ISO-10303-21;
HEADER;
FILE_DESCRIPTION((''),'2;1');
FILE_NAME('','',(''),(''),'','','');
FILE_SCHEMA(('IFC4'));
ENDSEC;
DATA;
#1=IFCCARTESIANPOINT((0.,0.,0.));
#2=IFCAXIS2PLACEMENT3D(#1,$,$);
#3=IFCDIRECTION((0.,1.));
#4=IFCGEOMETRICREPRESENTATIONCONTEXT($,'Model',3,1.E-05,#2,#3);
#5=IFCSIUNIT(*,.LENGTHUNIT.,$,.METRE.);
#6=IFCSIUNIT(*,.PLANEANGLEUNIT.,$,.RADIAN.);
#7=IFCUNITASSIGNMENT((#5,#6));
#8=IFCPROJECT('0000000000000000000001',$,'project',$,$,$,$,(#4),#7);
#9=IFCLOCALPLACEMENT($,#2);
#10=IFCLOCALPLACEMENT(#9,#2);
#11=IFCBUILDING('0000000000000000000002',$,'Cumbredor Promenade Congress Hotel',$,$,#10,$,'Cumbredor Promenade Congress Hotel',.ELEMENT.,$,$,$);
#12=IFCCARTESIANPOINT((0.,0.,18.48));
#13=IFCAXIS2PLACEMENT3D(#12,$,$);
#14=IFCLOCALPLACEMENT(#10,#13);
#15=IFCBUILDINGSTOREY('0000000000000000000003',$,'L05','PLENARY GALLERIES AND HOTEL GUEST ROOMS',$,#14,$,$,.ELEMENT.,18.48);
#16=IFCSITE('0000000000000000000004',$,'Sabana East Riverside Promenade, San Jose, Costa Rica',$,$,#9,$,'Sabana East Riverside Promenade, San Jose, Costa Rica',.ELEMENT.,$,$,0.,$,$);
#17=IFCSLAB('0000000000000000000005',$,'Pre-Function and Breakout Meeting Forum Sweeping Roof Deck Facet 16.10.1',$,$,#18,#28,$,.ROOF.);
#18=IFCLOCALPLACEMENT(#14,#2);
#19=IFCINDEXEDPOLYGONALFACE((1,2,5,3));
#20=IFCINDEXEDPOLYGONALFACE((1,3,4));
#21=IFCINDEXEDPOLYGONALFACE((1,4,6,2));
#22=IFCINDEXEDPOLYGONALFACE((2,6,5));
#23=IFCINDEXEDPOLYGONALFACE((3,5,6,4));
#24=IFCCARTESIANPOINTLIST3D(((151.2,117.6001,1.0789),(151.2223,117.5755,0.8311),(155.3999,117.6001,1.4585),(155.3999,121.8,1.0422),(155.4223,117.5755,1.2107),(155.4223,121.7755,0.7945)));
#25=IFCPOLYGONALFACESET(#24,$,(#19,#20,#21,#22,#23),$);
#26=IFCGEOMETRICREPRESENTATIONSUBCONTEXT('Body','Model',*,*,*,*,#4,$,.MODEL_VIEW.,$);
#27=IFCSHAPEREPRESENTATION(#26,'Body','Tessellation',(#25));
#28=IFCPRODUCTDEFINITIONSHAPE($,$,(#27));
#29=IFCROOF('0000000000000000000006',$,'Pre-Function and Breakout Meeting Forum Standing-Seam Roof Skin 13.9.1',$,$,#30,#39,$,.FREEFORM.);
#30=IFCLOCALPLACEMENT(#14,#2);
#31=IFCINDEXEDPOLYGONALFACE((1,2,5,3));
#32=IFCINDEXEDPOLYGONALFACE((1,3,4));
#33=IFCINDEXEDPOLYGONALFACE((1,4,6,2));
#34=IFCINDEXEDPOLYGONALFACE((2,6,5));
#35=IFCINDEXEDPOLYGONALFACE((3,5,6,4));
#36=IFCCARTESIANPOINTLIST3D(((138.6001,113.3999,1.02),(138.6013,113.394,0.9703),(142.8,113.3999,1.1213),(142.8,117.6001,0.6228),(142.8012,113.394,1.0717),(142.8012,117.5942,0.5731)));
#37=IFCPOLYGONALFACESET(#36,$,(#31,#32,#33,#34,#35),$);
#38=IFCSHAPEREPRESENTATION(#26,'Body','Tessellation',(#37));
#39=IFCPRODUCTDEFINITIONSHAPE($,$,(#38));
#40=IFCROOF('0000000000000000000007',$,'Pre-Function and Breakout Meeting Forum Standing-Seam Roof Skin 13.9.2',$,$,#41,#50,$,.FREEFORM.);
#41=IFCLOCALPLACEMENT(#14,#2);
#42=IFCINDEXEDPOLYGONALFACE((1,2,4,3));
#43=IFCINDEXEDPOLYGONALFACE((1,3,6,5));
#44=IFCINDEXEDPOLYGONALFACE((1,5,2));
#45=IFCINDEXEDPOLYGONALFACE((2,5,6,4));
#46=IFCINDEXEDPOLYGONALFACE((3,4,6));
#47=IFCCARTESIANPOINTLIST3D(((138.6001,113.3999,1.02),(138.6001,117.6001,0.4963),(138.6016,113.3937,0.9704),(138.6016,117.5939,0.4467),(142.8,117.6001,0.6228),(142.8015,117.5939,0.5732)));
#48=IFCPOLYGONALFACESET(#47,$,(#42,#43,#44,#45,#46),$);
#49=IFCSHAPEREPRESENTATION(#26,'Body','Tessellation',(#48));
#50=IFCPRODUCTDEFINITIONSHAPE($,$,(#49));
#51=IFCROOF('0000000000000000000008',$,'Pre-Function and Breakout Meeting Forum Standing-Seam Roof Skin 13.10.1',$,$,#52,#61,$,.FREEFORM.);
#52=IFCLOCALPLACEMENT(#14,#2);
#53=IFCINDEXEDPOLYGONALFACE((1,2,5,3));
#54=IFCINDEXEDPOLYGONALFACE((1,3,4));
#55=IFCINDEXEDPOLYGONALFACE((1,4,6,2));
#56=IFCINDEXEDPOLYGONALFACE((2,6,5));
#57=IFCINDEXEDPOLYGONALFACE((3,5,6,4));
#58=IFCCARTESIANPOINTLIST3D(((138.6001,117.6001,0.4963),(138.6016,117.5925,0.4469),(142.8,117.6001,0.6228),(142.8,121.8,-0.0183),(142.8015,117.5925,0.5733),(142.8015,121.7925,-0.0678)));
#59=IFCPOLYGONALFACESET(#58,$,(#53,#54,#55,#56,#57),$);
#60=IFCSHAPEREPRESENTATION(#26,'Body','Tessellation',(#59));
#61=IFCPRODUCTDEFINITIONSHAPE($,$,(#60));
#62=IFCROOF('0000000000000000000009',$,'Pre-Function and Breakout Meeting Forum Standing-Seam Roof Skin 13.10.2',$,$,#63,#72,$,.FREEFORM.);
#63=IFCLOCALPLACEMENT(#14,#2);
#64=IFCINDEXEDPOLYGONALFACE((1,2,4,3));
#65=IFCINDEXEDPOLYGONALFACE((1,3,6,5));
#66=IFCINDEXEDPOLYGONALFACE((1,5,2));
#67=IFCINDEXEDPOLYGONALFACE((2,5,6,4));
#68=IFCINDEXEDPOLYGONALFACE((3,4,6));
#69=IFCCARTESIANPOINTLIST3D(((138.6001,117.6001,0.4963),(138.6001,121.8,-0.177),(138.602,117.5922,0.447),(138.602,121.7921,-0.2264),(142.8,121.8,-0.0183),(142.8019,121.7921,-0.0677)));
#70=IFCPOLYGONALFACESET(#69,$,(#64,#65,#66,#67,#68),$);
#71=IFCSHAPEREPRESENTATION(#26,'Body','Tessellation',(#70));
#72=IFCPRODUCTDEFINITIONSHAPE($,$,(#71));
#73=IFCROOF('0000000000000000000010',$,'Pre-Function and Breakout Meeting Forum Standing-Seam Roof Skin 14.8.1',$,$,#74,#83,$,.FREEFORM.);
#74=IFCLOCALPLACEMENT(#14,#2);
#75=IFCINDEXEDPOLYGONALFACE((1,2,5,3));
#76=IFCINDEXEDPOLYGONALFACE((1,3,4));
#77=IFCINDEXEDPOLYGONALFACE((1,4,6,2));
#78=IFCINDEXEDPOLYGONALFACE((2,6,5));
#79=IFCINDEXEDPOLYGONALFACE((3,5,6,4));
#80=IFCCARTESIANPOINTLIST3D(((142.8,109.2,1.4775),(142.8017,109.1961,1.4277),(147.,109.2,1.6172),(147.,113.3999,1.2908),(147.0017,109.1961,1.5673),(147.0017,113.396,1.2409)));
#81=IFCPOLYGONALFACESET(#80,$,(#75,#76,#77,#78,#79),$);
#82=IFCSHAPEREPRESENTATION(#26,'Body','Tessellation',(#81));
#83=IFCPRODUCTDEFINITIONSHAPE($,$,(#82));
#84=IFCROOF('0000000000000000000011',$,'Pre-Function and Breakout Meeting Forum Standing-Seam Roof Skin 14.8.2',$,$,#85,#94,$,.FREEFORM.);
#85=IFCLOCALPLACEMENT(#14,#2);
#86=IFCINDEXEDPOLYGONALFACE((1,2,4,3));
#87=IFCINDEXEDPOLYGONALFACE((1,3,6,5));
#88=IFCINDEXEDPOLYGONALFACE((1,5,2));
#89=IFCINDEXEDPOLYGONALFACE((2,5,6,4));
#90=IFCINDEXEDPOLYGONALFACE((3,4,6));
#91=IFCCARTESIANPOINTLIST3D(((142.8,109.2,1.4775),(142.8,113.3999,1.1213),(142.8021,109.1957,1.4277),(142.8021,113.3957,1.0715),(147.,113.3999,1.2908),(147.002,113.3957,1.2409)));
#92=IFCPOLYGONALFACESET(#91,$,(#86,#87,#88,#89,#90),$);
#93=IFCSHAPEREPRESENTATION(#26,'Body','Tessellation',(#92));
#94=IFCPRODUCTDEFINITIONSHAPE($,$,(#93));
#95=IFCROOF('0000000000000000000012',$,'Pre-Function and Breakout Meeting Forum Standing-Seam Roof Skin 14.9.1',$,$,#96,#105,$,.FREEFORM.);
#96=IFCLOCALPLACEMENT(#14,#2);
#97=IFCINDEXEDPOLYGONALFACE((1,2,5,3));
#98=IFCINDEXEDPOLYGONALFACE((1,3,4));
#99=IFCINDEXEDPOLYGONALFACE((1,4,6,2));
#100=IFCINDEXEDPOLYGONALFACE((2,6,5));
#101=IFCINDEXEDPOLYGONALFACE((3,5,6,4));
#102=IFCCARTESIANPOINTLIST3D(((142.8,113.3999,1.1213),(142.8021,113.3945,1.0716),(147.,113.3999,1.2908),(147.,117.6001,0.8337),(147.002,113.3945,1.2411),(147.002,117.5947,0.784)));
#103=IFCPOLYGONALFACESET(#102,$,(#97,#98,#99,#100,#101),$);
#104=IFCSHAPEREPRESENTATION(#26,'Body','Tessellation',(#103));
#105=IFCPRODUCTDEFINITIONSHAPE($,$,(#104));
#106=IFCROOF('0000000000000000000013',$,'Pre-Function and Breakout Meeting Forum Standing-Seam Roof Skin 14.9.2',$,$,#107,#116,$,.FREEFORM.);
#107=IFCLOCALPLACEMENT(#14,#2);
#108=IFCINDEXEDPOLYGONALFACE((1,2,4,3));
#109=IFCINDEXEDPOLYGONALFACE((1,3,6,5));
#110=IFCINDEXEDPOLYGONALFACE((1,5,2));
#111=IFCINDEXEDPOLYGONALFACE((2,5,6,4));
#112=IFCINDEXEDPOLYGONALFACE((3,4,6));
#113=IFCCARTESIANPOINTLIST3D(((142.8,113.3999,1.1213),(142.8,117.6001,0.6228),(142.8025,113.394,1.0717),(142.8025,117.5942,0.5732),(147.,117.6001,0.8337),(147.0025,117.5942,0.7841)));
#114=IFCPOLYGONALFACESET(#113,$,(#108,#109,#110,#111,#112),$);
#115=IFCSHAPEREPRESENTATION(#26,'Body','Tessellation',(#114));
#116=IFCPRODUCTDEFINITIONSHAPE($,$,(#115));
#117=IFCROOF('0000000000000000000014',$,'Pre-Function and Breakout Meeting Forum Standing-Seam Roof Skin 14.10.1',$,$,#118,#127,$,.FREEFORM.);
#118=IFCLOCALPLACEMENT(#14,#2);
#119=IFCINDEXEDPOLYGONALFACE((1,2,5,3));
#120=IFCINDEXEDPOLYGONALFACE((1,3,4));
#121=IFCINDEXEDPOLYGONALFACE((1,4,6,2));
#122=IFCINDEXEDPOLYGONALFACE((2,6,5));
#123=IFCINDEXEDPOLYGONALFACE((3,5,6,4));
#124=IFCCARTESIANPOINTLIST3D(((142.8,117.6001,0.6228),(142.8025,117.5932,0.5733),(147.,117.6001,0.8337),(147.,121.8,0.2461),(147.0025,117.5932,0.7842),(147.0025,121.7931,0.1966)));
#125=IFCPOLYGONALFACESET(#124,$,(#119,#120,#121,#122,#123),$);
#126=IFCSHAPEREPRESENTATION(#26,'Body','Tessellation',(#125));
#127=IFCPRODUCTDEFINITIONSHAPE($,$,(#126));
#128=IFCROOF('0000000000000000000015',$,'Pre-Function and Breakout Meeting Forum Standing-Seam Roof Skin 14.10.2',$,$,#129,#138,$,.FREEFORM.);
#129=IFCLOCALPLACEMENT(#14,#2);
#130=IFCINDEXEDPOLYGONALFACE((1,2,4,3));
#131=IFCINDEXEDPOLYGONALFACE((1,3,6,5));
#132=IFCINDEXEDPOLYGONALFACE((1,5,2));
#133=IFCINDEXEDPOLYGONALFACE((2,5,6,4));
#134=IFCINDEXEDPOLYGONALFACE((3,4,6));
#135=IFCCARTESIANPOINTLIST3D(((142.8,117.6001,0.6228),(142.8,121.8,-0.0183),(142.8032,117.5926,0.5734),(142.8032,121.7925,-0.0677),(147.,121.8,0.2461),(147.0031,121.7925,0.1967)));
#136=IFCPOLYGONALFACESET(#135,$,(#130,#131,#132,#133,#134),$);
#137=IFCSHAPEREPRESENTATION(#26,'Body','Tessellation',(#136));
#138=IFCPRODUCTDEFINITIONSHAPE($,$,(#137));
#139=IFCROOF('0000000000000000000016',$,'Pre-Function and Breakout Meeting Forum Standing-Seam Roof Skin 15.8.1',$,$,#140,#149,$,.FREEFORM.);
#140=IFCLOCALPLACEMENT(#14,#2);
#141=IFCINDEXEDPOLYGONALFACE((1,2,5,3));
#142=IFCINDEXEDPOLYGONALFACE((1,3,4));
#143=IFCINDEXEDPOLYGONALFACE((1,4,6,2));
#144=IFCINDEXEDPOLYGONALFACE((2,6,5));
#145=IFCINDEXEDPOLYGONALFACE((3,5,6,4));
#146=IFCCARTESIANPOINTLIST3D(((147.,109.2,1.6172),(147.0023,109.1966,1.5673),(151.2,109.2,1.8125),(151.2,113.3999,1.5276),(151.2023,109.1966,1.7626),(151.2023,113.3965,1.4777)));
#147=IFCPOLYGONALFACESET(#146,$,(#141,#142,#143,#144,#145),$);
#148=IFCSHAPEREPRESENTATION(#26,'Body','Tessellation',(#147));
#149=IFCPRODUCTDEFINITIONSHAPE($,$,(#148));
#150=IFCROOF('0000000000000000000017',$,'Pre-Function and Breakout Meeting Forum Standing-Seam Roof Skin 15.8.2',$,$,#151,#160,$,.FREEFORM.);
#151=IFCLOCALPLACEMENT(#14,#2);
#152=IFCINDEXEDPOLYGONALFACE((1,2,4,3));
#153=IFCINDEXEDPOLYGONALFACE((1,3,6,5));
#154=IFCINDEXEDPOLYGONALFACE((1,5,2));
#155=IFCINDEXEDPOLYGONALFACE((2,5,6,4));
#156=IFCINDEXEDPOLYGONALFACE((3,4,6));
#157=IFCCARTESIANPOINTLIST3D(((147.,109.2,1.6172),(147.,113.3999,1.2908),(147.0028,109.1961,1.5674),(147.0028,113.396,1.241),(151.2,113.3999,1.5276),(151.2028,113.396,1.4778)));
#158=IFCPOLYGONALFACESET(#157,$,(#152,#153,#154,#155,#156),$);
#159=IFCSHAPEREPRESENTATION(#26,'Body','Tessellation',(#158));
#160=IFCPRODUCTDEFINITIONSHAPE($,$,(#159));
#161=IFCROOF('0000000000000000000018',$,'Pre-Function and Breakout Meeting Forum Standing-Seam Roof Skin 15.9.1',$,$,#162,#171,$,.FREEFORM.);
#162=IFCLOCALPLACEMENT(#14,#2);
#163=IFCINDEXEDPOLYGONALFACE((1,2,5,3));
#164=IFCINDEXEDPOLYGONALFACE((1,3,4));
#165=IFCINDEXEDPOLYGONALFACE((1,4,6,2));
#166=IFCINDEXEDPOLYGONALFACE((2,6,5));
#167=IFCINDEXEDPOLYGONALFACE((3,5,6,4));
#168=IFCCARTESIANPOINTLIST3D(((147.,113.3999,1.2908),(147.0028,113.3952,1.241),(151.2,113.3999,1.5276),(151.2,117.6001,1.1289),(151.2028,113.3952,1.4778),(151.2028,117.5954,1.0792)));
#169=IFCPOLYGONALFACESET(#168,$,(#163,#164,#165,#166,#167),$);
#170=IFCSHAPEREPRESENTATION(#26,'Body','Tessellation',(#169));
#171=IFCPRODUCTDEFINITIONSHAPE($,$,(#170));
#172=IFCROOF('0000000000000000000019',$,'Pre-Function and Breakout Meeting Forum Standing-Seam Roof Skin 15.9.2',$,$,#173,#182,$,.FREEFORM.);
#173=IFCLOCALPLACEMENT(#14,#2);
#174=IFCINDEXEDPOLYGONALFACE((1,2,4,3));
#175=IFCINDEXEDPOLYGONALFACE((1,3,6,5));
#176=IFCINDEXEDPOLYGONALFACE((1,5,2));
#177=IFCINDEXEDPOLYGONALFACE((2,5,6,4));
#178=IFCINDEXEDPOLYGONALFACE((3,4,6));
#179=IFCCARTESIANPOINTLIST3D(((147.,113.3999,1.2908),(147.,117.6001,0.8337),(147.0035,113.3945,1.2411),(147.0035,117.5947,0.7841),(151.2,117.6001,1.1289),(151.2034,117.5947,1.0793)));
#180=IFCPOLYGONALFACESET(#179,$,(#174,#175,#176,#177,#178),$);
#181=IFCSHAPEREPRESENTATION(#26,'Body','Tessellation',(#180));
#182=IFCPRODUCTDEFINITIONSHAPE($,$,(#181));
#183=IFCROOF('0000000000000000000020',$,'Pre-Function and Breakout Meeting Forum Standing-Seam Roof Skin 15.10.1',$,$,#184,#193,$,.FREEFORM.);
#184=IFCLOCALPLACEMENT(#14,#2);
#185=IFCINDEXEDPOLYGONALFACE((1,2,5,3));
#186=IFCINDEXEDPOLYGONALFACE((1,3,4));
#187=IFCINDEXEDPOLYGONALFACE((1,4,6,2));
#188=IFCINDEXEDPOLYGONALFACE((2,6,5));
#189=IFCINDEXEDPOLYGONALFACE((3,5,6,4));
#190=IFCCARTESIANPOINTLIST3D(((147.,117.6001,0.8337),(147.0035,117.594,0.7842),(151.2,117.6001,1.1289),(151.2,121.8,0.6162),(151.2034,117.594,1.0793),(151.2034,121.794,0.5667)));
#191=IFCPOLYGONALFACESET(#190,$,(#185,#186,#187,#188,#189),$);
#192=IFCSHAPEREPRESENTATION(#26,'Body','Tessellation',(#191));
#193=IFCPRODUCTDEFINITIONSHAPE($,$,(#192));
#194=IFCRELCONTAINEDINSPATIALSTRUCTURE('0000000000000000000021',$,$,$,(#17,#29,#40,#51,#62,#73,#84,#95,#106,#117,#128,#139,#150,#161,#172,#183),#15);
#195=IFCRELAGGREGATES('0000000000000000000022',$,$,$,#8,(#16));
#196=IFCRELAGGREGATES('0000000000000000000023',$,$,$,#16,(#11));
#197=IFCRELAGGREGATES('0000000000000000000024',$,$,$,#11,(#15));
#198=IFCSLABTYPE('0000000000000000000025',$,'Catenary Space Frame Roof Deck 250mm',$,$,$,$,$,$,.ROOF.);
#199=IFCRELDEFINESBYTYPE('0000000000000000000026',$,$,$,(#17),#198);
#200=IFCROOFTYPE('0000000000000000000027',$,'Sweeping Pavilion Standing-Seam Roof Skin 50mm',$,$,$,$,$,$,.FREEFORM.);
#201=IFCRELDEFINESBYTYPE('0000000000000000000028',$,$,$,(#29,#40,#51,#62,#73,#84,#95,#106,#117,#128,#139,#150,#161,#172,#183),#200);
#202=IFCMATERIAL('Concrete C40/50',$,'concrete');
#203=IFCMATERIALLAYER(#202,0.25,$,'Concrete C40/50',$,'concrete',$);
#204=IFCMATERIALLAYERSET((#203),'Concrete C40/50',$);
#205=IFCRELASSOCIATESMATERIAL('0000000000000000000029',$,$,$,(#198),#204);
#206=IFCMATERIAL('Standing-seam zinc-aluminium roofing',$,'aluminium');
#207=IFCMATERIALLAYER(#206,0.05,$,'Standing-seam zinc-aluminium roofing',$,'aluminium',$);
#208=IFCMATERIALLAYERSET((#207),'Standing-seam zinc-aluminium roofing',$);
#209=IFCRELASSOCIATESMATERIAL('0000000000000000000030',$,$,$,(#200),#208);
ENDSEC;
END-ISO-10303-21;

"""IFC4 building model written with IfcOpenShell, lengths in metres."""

from ifc_helpers import new_model, si_unit, direction, frame, origin, place, context, subcontext, project, spatial, polyline, outline, extrude, material, layer, layer_set, type_object, element, save


model = new_model("IFC4")

# Units and contexts
model_context = context("Model", 3, precision=1e-05, world=origin(), true_north=direction((0.0, 1.0)))
body_context = subcontext(model_context, "Body", "Model", "MODEL_VIEW")
ifc_project = project(units=[si_unit("LENGTHUNIT", "METRE"), si_unit("PLANEANGLEUNIT", "RADIAN")], contexts=[model_context])

# Site, building, storey
site_placement = place(None, origin())
site = spatial("IfcSite", under=ifc_project, at=site_placement, Name="Sabana East Riverside Promenade, San Jose, Costa Rica", LongName="Sabana East Riverside Promenade, San Jose, Costa Rica", CompositionType="ELEMENT", RefElevation=0.0)
building_placement = place(site_placement, origin())
building = spatial("IfcBuilding", under=site, at=building_placement, Name="Cumbredor Promenade Congress Hotel", LongName="Cumbredor Promenade Congress Hotel", CompositionType="ELEMENT")
storey_placement = place(building_placement, frame((0.0, 0.0, 18.48)))
storey = spatial("IfcBuildingStorey", under=building, at=storey_placement, Name="L05", Description="PLENARY GALLERIES AND HOTEL GUEST ROOMS", CompositionType="ELEMENT", Elevation=18.48)

# Slab
ifc_material_1 = material(Name="Concrete C40/50", Category="concrete")
ifc_layer_1 = layer(ifc_material_1, 0.25, Name="Concrete C40/50", Category="concrete")
ifc_layer_set_1 = layer_set([ifc_layer_1], Name="Concrete C40/50")
slab_type = type_object("IfcSlabType", Name="Catenary Space Frame Roof Deck 250mm", PredefinedType="ROOF", material=ifc_layer_set_1)
slab_1_placement = place(storey_placement, frame((151.2, 117.6001, 1.0789), z_axis=(-0.089589, 0.098231, 0.991123), x_axis=(0.99594, 0.0, 0.090024)))
element("IfcSlab", 1, at=slab_1_placement, inside=storey, type_object=slab_type, Name="Pre-Function and Breakout Meeting Forum Sweeping Roof Deck Facet 16.10.1", PredefinedType="ROOF", context=body_context, shape_type="SweptSolid", body=[
    extrude(outline(polyline([(0.0, 0.0), (4.2171, 0.0), (4.1796, 4.2204), (0.0, 0.0)])), origin(), (0.0, 0.0, -1.0), 0.25),
])

# Roofs
ifc_material_2 = material(Name="Standing-seam zinc-aluminium roofing", Category="aluminium")
ifc_layer_2 = layer(ifc_material_2, 0.05, Name="Standing-seam zinc-aluminium roofing", Category="aluminium")
ifc_layer_set_2 = layer_set([ifc_layer_2], Name="Standing-seam zinc-aluminium roofing")
roof_type = type_object("IfcRoofType", Name="Sweeping Pavilion Standing-Seam Roof Skin 50mm", PredefinedType="FREEFORM", material=ifc_layer_set_2)
roof_1_placement = place(storey_placement, frame((138.6001, 113.3999, 1.02), z_axis=(-0.023949, 0.117832, 0.992745), x_axis=(0.999709, 0.0, 0.024117)))
element("IfcRoof", 2, at=roof_1_placement, inside=storey, type_object=roof_type, Name="Pre-Function and Breakout Meeting Forum Standing-Seam Roof Skin 13.9.1", PredefinedType="FREEFORM", context=body_context, shape_type="SweptSolid", body=[
    extrude(outline(polyline([(0.0, 0.0), (4.2012, 0.0), (4.1892, 4.2297), (0.0, 0.0)])), origin(), (0.0, 0.0, -1.0), 0.05),
])
roof_2_placement = place(storey_placement, frame((138.6001, 113.3999, 1.02), z_axis=(-0.029866, 0.123667, 0.991874), x_axis=(0.70551, 0.705551, -0.066725)))
element("IfcRoof", 3, at=roof_2_placement, inside=storey, type_object=roof_type, Name="Pre-Function and Breakout Meeting Forum Standing-Seam Roof Skin 13.9.2", PredefinedType="FREEFORM", context=body_context, shape_type="SweptSolid", body=[
    extrude(outline(polyline([(0.0, 0.0), (5.9531, 0.0), (2.9984, 2.9876), (0.0, 0.0)])), origin(), (0.0, 0.0, -1.0), 0.05),
])
roof_3_placement = place(storey_placement, frame((138.6001, 117.6001, 0.4963), z_axis=(-0.029753, 0.150833, 0.988111), x_axis=(0.999547, 0.0, 0.030097)))
element("IfcRoof", 4, at=roof_3_placement, inside=storey, type_object=roof_type, Name="Pre-Function and Breakout Meeting Forum Standing-Seam Roof Skin 13.10.1", PredefinedType="FREEFORM", context=body_context, shape_type="SweptSolid", body=[
    extrude(outline(polyline([(0.0, 0.0), (4.2019, 0.0), (4.1826, 4.2486), (0.0, 0.0)])), origin(), (0.0, 0.0, -1.0), 0.05),
])
roof_4_placement = place(storey_placement, frame((138.6001, 117.6001, 0.4963), z_axis=(-0.037282, 0.158189, 0.986705), x_axis=(0.704467, 0.704467, -0.086323)))
element("IfcRoof", 5, at=roof_4_placement, inside=storey, type_object=roof_type, Name="Pre-Function and Breakout Meeting Forum Standing-Seam Roof Skin 13.10.2", PredefinedType="FREEFORM", context=body_context, shape_type="SweptSolid", body=[
    extrude(outline(polyline([(0.0, 0.0), (5.9619, 0.0), (3.0169, 2.9986), (0.0, 0.0)])), origin(), (0.0, 0.0, -1.0), 0.05),
])
roof_5_placement = place(storey_placement, frame((142.8, 109.2, 1.4775), z_axis=(-0.033132, 0.077443, 0.996446), x_axis=(0.999448, 0.0, 0.033232)))
element("IfcRoof", 6, at=roof_5_placement, inside=storey, type_object=roof_type, Name="Pre-Function and Breakout Meeting Forum Standing-Seam Roof Skin 14.8.1", PredefinedType="FREEFORM", context=body_context, shape_type="SweptSolid", body=[
    extrude(outline(polyline([(0.0, 0.0), (4.2023, 0.0), (4.1914, 4.2126), (0.0, 0.0)])), origin(), (0.0, 0.0, -1.0), 0.05),
])
roof_6_placement = place(storey_placement, frame((142.8, 109.2, 1.4775), z_axis=(-0.040165, 0.084439, 0.995619), x_axis=(0.706757, 0.706757, -0.031429)))
element("IfcRoof", 7, at=roof_6_placement, inside=storey, type_object=roof_type, Name="Pre-Function and Breakout Meeting Forum Standing-Seam Roof Skin 14.8.2", PredefinedType="FREEFORM", context=body_context, shape_type="SweptSolid", body=[
    extrude(outline(polyline([(0.0, 0.0), (5.9426, 0.0), (2.9795, 2.9814), (0.0, 0.0)])), origin(), (0.0, 0.0, -1.0), 0.05),
])
roof_7_placement = place(storey_placement, frame((142.8, 113.3999, 1.1213), z_axis=(-0.040073, 0.108087, 0.993334), x_axis=(0.999187, 0.0, 0.040309)))
element("IfcRoof", 8, at=roof_7_placement, inside=storey, type_object=roof_type, Name="Pre-Function and Breakout Meeting Forum Standing-Seam Roof Skin 14.9.1", PredefinedType="FREEFORM", context=body_context, shape_type="SweptSolid", body=[
    extrude(outline(polyline([(0.0, 0.0), (4.2034, 0.0), (4.1849, 4.2249), (0.0, 0.0)])), origin(), (0.0, 0.0, -1.0), 0.05),
])
roof_8_placement = place(storey_placement, frame((142.8, 113.3999, 1.1213), z_axis=(-0.049812, 0.11772, 0.991797), x_axis=(0.706259, 0.7063, -0.048362)))
element("IfcRoof", 9, at=roof_8_placement, inside=storey, type_object=roof_type, Name="Pre-Function and Breakout Meeting Forum Standing-Seam Roof Skin 14.9.2", PredefinedType="FREEFORM", context=body_context, shape_type="SweptSolid", body=[
    extrude(outline(polyline([(0.0, 0.0), (5.9468, 0.0), (2.9907, 2.991), (0.0, 0.0)])), origin(), (0.0, 0.0, -1.0), 0.05),
])
roof_9_placement = place(storey_placement, frame((142.8, 117.6001, 0.6228), z_axis=(-0.049678, 0.138397, 0.98913), x_axis=(0.998741, 0.0, 0.050161)))
element("IfcRoof", 10, at=roof_9_placement, inside=storey, type_object=roof_type, Name="Pre-Function and Breakout Meeting Forum Standing-Seam Roof Skin 14.10.1", PredefinedType="FREEFORM", context=body_context, shape_type="SweptSolid", body=[
    extrude(outline(polyline([(0.0, 0.0), (4.2052, 0.0), (4.1758, 4.2408), (0.0, 0.0)])), origin(), (0.0, 0.0, -1.0), 0.05),
])
roof_10_placement = place(storey_placement, frame((142.8, 117.6001, 0.6228), z_axis=(-0.062113, 0.150608, 0.98664), x_axis=(0.705689, 0.705689, -0.063296)))
element("IfcRoof", 11, at=roof_10_placement, inside=storey, type_object=roof_type, Name="Pre-Function and Breakout Meeting Forum Standing-Seam Roof Skin 14.10.2", PredefinedType="FREEFORM", context=body_context, shape_type="SweptSolid", body=[
    extrude(outline(polyline([(0.0, 0.0), (5.9516, 0.0), (3.0044, 3.004), (0.0, 0.0)])), origin(), (0.0, 0.0, -1.0), 0.05),
])
roof_11_placement = place(storey_placement, frame((147.0, 109.2, 1.6172), z_axis=(-0.046347, 0.067609, 0.996635), x_axis=(0.99892, 0.0, 0.046453)))
element("IfcRoof", 12, at=roof_11_placement, inside=storey, type_object=roof_type, Name="Pre-Function and Breakout Meeting Forum Standing-Seam Roof Skin 15.8.1", PredefinedType="FREEFORM", context=body_context, shape_type="SweptSolid", body=[
    extrude(outline(polyline([(0.0, 0.0), (4.2045, 0.0), (4.1913, 4.2096), (0.0, 0.0)])), origin(), (0.0, 0.0, -1.0), 0.05),
])
roof_12_placement = place(storey_placement, frame((147.0, 109.2, 1.6172), z_axis=(-0.056127, 0.077363, 0.995422), x_axis=(0.707026, 0.707026, -0.015083)))
element("IfcRoof", 13, at=roof_12_placement, inside=storey, type_object=roof_type, Name="Pre-Function and Breakout Meeting Forum Standing-Seam Roof Skin 15.8.2", PredefinedType="FREEFORM", context=body_context, shape_type="SweptSolid", body=[
    extrude(outline(polyline([(0.0, 0.0), (5.9403, 0.0), (2.9744, 2.9831), (0.0, 0.0)])), origin(), (0.0, 0.0, -1.0), 0.05),
])
roof_13_placement = place(storey_placement, frame((147.0, 113.3999, 1.2908), z_axis=(-0.056045, 0.094347, 0.993961), x_axis=(0.998414, 0.0, 0.056296)))
element("IfcRoof", 14, at=roof_13_placement, inside=storey, type_object=roof_type, Name="Pre-Function and Breakout Meeting Forum Standing-Seam Roof Skin 15.9.1", PredefinedType="FREEFORM", context=body_context, shape_type="SweptSolid", body=[
    extrude(outline(polyline([(0.0, 0.0), (4.2066, 0.0), (4.1842, 4.219), (0.0, 0.0)])), origin(), (0.0, 0.0, -1.0), 0.05),
])
roof_14_placement = place(storey_placement, frame((147.0, 113.3999, 1.2908), z_axis=(-0.069696, 0.10791, 0.991715), x_axis=(0.706824, 0.706865, -0.027241)))
element("IfcRoof", 15, at=roof_14_placement, inside=storey, type_object=roof_type, Name="Pre-Function and Breakout Meeting Forum Standing-Seam Roof Skin 15.9.2", PredefinedType="FREEFORM", context=body_context, shape_type="SweptSolid", body=[
    extrude(outline(polyline([(0.0, 0.0), (5.942, 0.0), (2.9814, 2.9936), (0.0, 0.0)])), origin(), (0.0, 0.0, -1.0), 0.05),
])
roof_15_placement = place(storey_placement, frame((147.0, 117.6001, 0.8337), z_axis=(-0.069591, 0.120878, 0.990225), x_axis=(0.99754, 0.0, 0.070106)))
element("IfcRoof", 16, at=roof_15_placement, inside=storey, type_object=roof_type, Name="Pre-Function and Breakout Meeting Forum Standing-Seam Roof Skin 15.10.1", PredefinedType="FREEFORM", context=body_context, shape_type="SweptSolid", body=[
    extrude(outline(polyline([(0.0, 0.0), (4.2103, 0.0), (4.1744, 4.231), (0.0, 0.0)])), origin(), (0.0, 0.0, -1.0), 0.05),
])

save(model, "model.ifc")
